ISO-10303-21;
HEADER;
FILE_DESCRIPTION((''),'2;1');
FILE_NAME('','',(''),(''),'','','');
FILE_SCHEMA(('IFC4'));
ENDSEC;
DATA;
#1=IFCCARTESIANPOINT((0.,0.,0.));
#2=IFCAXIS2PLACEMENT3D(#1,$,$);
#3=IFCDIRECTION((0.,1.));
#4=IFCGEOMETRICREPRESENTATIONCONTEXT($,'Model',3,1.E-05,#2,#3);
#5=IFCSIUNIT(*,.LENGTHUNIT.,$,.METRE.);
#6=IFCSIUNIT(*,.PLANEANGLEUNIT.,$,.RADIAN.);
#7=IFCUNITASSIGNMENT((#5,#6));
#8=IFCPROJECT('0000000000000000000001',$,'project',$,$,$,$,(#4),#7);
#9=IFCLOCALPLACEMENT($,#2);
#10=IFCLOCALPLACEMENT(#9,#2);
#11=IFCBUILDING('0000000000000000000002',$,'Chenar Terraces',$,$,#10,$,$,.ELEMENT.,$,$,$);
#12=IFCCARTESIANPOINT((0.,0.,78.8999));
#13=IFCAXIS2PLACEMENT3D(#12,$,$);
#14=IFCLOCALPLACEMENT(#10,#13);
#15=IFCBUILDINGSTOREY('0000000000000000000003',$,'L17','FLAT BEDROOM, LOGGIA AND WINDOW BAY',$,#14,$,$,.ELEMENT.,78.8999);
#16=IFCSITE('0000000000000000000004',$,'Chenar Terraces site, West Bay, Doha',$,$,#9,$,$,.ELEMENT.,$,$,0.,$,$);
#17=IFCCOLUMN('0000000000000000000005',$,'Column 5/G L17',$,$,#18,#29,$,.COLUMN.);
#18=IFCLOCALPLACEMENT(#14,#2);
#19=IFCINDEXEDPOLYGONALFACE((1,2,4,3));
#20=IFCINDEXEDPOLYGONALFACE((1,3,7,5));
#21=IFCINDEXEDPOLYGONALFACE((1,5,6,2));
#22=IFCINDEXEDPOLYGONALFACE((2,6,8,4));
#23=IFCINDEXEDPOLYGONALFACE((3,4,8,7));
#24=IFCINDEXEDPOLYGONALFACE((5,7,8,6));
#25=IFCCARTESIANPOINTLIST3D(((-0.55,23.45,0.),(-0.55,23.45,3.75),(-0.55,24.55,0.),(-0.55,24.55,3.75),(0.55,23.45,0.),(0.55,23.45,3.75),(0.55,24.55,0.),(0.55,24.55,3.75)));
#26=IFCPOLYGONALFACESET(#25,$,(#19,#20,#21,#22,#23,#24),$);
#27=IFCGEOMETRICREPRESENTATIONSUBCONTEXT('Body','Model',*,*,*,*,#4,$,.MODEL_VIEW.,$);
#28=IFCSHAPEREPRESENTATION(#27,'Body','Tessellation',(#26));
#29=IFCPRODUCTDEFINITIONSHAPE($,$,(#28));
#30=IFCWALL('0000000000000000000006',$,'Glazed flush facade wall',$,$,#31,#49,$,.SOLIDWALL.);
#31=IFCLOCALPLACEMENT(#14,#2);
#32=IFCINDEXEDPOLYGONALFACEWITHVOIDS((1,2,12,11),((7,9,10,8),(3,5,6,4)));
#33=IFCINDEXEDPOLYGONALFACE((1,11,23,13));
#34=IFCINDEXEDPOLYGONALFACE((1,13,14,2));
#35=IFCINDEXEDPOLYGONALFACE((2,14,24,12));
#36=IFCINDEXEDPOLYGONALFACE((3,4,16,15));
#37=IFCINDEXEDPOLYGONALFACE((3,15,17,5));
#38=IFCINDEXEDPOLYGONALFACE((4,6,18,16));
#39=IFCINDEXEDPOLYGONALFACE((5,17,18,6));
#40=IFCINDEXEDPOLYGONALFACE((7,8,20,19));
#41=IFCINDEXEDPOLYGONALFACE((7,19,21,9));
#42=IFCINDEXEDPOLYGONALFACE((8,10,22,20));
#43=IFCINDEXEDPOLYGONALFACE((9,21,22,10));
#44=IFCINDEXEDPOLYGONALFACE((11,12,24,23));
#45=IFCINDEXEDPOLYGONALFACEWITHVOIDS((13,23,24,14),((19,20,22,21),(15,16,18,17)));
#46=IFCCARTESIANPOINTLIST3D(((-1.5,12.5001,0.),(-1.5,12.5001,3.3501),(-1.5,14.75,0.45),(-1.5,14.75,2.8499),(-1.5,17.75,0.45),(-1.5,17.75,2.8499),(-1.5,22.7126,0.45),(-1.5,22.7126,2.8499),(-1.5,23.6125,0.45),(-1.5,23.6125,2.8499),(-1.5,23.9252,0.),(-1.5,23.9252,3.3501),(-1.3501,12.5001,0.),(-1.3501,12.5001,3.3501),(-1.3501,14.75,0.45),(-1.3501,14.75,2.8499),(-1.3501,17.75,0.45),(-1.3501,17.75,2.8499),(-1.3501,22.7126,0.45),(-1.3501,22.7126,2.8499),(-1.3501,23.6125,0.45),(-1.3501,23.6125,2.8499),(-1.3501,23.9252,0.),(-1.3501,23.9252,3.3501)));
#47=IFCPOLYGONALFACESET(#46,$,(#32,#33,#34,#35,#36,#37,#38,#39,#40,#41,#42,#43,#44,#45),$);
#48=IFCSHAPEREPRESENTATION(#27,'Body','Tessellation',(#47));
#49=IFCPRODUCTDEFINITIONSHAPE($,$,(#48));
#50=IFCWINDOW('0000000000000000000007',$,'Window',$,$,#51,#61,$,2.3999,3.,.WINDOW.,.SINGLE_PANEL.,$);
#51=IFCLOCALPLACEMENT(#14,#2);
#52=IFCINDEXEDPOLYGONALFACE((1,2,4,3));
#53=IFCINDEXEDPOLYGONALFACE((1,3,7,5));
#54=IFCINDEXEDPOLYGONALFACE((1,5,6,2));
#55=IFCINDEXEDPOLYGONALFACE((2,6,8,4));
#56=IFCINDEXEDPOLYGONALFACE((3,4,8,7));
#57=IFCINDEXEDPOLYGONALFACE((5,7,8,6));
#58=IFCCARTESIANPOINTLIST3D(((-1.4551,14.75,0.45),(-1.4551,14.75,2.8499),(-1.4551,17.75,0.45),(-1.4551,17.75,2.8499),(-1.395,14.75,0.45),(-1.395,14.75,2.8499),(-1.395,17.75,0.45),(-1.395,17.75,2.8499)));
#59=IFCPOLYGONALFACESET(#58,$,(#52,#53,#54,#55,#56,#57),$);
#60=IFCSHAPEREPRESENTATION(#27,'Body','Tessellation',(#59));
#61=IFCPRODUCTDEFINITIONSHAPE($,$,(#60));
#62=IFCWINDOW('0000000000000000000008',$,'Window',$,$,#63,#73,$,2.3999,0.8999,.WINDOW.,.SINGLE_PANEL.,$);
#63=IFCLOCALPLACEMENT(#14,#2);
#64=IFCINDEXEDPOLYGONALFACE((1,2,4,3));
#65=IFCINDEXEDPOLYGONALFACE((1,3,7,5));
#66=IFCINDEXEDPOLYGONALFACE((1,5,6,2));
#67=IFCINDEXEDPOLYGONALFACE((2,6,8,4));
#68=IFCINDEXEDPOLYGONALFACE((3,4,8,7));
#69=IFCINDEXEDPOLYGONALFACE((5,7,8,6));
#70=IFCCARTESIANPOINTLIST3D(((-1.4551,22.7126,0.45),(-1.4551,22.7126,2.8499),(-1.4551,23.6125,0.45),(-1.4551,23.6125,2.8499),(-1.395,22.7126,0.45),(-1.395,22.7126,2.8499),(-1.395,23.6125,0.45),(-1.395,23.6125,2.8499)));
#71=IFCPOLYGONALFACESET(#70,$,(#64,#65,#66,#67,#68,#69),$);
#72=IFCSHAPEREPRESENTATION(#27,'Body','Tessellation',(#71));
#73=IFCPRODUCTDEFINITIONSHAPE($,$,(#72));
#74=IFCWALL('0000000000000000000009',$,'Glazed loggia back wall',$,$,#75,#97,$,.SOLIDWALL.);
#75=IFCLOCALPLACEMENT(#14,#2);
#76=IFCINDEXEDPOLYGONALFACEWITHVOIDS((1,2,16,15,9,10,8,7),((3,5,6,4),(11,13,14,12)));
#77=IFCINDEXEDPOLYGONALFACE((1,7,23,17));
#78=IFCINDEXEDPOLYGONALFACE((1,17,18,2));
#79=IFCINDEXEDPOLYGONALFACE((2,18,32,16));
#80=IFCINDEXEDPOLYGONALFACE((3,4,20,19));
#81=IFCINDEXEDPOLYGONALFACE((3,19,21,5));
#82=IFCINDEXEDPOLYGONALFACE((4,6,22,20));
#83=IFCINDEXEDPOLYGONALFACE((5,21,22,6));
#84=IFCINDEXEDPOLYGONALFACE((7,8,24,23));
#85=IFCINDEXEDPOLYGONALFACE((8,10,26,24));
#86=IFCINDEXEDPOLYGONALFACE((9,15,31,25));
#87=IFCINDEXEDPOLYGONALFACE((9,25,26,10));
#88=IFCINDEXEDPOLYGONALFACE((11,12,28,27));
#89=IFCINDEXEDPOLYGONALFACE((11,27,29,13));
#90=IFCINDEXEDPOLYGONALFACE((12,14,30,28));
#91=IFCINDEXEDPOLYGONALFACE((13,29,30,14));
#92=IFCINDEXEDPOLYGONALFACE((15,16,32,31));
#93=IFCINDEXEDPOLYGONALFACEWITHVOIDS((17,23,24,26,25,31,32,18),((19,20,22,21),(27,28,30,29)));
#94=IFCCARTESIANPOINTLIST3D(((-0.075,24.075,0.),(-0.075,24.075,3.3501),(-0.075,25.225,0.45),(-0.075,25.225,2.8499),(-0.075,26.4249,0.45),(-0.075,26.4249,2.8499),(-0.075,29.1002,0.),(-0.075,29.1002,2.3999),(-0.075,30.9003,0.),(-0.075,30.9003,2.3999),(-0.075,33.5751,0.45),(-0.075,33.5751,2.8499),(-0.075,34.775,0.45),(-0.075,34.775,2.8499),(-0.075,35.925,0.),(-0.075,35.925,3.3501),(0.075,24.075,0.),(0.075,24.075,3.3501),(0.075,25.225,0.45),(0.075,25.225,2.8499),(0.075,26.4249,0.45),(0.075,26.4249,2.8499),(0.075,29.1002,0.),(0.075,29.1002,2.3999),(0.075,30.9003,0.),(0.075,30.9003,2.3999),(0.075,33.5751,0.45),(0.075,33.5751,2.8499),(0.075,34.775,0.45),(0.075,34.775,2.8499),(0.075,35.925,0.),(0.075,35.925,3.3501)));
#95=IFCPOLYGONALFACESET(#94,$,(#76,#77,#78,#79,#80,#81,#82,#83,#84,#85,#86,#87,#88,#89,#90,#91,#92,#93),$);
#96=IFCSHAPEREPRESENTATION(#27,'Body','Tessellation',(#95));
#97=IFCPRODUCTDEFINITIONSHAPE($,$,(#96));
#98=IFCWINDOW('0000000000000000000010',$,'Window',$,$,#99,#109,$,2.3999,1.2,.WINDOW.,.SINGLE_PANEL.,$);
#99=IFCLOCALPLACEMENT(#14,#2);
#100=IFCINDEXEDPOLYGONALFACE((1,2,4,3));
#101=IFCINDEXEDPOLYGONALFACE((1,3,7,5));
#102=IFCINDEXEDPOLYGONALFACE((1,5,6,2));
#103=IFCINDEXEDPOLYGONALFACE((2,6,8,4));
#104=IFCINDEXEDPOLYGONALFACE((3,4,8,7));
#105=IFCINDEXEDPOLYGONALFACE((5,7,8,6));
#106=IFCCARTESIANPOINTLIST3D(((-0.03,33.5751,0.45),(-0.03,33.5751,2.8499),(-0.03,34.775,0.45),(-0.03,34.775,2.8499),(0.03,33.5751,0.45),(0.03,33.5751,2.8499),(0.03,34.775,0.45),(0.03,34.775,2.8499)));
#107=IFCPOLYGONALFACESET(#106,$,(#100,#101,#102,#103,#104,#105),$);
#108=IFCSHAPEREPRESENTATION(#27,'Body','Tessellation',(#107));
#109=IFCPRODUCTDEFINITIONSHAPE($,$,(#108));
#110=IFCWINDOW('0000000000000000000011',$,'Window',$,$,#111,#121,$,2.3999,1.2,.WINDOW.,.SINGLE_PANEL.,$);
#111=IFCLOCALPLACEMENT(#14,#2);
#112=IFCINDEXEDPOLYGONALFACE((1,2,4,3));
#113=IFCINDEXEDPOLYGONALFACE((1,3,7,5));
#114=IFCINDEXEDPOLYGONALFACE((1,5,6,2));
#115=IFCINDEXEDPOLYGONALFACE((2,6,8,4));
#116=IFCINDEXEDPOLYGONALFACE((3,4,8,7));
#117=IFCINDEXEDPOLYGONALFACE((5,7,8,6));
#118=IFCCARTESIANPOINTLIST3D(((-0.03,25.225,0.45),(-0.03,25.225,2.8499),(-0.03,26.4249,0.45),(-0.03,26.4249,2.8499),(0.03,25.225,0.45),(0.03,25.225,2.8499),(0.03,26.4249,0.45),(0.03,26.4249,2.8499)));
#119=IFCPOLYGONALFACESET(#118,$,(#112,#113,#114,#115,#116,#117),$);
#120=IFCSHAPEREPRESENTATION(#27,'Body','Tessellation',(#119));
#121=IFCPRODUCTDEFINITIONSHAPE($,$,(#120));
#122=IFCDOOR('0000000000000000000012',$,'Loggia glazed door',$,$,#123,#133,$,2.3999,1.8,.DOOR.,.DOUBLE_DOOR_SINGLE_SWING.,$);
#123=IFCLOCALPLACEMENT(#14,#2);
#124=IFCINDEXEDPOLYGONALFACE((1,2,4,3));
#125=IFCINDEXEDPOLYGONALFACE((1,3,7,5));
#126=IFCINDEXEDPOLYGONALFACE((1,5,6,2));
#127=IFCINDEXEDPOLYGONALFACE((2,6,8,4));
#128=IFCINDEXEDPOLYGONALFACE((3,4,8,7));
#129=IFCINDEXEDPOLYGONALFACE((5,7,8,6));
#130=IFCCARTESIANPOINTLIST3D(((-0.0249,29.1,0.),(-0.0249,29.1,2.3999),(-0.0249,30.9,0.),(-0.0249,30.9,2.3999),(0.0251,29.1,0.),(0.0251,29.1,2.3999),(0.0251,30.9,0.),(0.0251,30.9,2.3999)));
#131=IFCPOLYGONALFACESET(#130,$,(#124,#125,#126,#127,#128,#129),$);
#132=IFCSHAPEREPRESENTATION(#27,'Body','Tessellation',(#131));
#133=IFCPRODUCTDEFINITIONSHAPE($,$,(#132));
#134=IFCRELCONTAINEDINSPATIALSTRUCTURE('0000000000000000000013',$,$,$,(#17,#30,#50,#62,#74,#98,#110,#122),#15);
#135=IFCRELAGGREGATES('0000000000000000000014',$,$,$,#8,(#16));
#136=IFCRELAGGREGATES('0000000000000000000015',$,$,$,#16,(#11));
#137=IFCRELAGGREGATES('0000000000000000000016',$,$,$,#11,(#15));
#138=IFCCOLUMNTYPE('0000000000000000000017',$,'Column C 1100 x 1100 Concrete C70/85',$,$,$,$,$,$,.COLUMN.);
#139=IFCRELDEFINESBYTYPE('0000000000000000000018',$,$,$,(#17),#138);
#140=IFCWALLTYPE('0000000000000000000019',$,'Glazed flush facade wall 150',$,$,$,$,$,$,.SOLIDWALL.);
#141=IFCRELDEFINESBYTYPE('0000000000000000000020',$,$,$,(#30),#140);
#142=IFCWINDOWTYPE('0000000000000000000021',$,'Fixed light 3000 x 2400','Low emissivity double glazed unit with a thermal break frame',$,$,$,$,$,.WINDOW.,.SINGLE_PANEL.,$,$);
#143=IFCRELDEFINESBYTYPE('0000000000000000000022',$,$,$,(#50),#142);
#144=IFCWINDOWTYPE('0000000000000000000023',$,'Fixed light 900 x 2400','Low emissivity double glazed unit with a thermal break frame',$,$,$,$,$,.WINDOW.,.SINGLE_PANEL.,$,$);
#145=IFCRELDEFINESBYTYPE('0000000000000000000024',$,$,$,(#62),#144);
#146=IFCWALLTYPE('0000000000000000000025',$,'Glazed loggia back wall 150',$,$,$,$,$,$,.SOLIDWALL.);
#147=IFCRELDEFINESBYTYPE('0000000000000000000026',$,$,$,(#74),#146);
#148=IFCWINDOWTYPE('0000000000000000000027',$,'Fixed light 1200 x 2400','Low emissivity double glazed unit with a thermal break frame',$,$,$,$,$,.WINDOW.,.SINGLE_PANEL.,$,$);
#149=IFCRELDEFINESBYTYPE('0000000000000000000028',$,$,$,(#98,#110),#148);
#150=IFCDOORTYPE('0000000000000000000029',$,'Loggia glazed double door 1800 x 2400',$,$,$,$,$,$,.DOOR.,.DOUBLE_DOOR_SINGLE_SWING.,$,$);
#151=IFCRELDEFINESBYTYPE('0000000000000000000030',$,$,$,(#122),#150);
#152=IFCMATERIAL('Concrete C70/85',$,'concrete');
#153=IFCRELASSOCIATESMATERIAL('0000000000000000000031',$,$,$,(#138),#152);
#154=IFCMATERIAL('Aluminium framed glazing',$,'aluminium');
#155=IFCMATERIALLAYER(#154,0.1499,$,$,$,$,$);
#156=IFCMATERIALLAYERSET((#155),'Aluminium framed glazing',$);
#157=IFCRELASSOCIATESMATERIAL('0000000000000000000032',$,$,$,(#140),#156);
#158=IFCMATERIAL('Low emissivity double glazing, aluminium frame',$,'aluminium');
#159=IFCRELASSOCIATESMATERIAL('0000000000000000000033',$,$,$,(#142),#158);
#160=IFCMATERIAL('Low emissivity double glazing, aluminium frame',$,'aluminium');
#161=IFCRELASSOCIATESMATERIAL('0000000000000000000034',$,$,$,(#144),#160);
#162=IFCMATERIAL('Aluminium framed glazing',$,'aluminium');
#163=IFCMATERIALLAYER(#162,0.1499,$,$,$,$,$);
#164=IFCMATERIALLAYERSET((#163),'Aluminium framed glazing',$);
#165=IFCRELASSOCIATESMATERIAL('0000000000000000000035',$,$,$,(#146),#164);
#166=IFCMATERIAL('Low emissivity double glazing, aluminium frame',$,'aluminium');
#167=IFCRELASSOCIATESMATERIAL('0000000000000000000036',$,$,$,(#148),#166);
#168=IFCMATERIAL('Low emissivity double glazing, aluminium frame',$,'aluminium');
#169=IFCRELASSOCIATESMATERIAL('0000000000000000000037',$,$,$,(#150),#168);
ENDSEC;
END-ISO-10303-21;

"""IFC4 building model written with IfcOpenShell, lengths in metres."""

from ifc_helpers import new_model, si_unit, direction, frame, frame_2d, origin, origin_2d, place, context, subcontext, project, spatial, rectangle, extrude, material, layer, layer_set, material_profile, profile_set, type_object, element, fill, save


model = new_model("IFC4")

# Units and contexts
model_context = context("Model", 3, precision=1e-05, world=origin(), true_north=direction((0.0, 1.0)))
body_context = subcontext(model_context, "Body", "Model", "MODEL_VIEW")
ifc_project = project(units=[si_unit("LENGTHUNIT", "METRE"), si_unit("PLANEANGLEUNIT", "RADIAN")], contexts=[model_context])

# Site, building, storey
site_placement = place(None, origin())
site = spatial("IfcSite", under=ifc_project, at=site_placement, Name="Chenar Terraces site, West Bay, Doha", CompositionType="ELEMENT", RefElevation=0.0)
building_placement = place(site_placement, origin())
building = spatial("IfcBuilding", under=site, at=building_placement, Name="Chenar Terraces", CompositionType="ELEMENT")
storey_placement = place(building_placement, frame((0.0, 0.0, 78.8999)))
storey = spatial("IfcBuildingStorey", under=building, at=storey_placement, Name="L17", Description="FLAT BEDROOM, LOGGIA AND WINDOW BAY", CompositionType="ELEMENT", Elevation=78.8999)

# Column
ifc_material_1 = material(Name="Concrete C70/85", Category="concrete")
ifc_material_profile_1 = material_profile(ifc_material_1, rectangle(XDim=1.1001, YDim=1.1001, at=origin_2d()), Name="C 1100 x 1100")
ifc_profile_set_1 = profile_set([ifc_material_profile_1], Name="Concrete C70/85")
column_type = type_object("IfcColumnType", Name="Column C 1100 x 1100 Concrete C70/85", PredefinedType="COLUMN", material=ifc_profile_set_1)
column_placement = place(storey_placement, frame((0.0, 24.0, 0.0), z_axis=(0.0, 0.0, 1.0), x_axis=(1.0, 0.0, 0.0)))
element("IfcColumn", 1, at=column_placement, inside=storey, type_object=column_type, Name="Column 5/G L17", PredefinedType="COLUMN", context=body_context, shape_type="SweptSolid", body=[
    extrude(rectangle(XDim=1.1001, YDim=1.1001, at=origin_2d()), origin(), (0.0, 0.0, 1.0), 3.75),
])

# Wall, openings, windows
ifc_material_2 = material(Name="Aluminium framed glazing", Category="aluminium")
ifc_layer_1 = layer(ifc_material_2, 0.1499)
ifc_layer_set_1 = layer_set([ifc_layer_1], Name="Aluminium framed glazing")
wall_type_1 = type_object("IfcWallType", Name="Glazed flush facade wall 150", PredefinedType="SOLIDWALL", material=ifc_layer_set_1)
wall_1_placement = place(storey_placement, frame((-1.425, 23.925, 0.0), z_axis=(0.0, 0.0, 1.0), x_axis=(0.0, -1.0, 0.0)))
wall_1 = element("IfcWall", 2, at=wall_1_placement, inside=storey, type_object=wall_type_1, Name="Glazed flush facade wall", PredefinedType="SOLIDWALL", context=body_context, shape_type="SweptSolid", body=[
    extrude(rectangle(XDim=11.425, YDim=0.1499, at=frame_2d((5.7124, 0.0))), origin(), (0.0, 0.0, 1.0), 3.3501),
])
opening_1_placement = place(wall_1_placement, frame((0.3125, 0.0, 0.45)))
opening_1 = element("IfcOpeningElement", 3, at=opening_1_placement, cuts=wall_1, PredefinedType="OPENING", context=body_context, shape_type="SweptSolid", body=[
    extrude(rectangle(XDim=0.8999, YDim=2.3999, at=frame_2d((0.45, 1.2))), frame((0.0, 0.085, 0.0), z_axis=(0.0, -1.0, 0.0), x_axis=(1.0, 0.0, 0.0)), (0.0, 0.0, 1.0), 0.1699),
])
opening_2_placement = place(wall_1_placement, frame((6.175, 0.0, 0.45)))
opening_2 = element("IfcOpeningElement", 4, at=opening_2_placement, cuts=wall_1, PredefinedType="OPENING", context=body_context, shape_type="SweptSolid", body=[
    extrude(rectangle(XDim=3.0, YDim=2.3999, at=frame_2d((1.5, 1.2))), frame((0.0, 0.085, 0.0), z_axis=(0.0, -1.0, 0.0), x_axis=(1.0, 0.0, 0.0)), (0.0, 0.0, 1.0), 0.1699),
])
ifc_material_3 = material(Name="Low emissivity double glazing, aluminium frame", Category="aluminium")
window_type_1 = type_object("IfcWindowType", Name="Fixed light 3000 x 2400", Description="Low emissivity double glazed unit with a thermal break frame", PartitioningType="SINGLE_PANEL", PredefinedType="WINDOW", material=ifc_material_3)
window_1_placement = place(opening_2_placement, origin())
window_1 = element("IfcWindow", 5, at=window_1_placement, inside=storey, type_object=window_type_1, Name="Window", OverallHeight=2.3999, OverallWidth=3.0, PartitioningType="SINGLE_PANEL", PredefinedType="WINDOW", context=body_context, shape_type="SweptSolid", body=[
    extrude(rectangle(XDim=3.0, YDim=2.3999, at=frame_2d((1.5, 1.2))), frame((0.0, 0.03, 0.0), z_axis=(0.0, -1.0, 0.0), x_axis=(1.0, 0.0, 0.0)), (0.0, 0.0, 1.0), 0.0601),
])
fill(opening_2, window_1)
ifc_material_4 = material(Name="Low emissivity double glazing, aluminium frame", Category="aluminium")
window_type_2 = type_object("IfcWindowType", Name="Fixed light 900 x 2400", Description="Low emissivity double glazed unit with a thermal break frame", PartitioningType="SINGLE_PANEL", PredefinedType="WINDOW", material=ifc_material_4)
window_2_placement = place(opening_1_placement, origin())
window_2 = element("IfcWindow", 6, at=window_2_placement, inside=storey, type_object=window_type_2, Name="Window", OverallHeight=2.3999, OverallWidth=0.8999, PartitioningType="SINGLE_PANEL", PredefinedType="WINDOW", context=body_context, shape_type="SweptSolid", body=[
    extrude(rectangle(XDim=0.8999, YDim=2.3999, at=frame_2d((0.45, 1.2))), frame((0.0, 0.03, 0.0), z_axis=(0.0, -1.0, 0.0), x_axis=(1.0, 0.0, 0.0)), (0.0, 0.0, 1.0), 0.0601),
])
fill(opening_1, window_2)

# Wall, openings, windows, door
ifc_material_5 = material(Name="Aluminium framed glazing", Category="aluminium")
ifc_layer_2 = layer(ifc_material_5, 0.1499)
ifc_layer_set_2 = layer_set([ifc_layer_2], Name="Aluminium framed glazing")
wall_type_2 = type_object("IfcWallType", Name="Glazed loggia back wall 150", PredefinedType="SOLIDWALL", material=ifc_layer_set_2)
wall_2_placement = place(storey_placement, frame((0.0, 35.925, 0.0), z_axis=(0.0, 0.0, 1.0), x_axis=(0.0, -1.0, 0.0)))
wall_2 = element("IfcWall", 7, at=wall_2_placement, inside=storey, type_object=wall_type_2, Name="Glazed loggia back wall", PredefinedType="SOLIDWALL", context=body_context, shape_type="SweptSolid", body=[
    extrude(rectangle(XDim=11.8501, YDim=0.1499, at=frame_2d((5.925, 0.0))), origin(), (0.0, 0.0, 1.0), 3.3501),
])
opening_3_placement = place(wall_2_placement, frame((1.1499, 0.0, 0.45)))
opening_3 = element("IfcOpeningElement", 8, at=opening_3_placement, cuts=wall_2, PredefinedType="OPENING", context=body_context, shape_type="SweptSolid", body=[
    extrude(rectangle(XDim=1.2, YDim=2.3999, at=frame_2d((0.6001, 1.2))), frame((0.0, 0.085, 0.0), z_axis=(0.0, -1.0, 0.0), x_axis=(1.0, 0.0, 0.0)), (0.0, 0.0, 1.0), 0.1699),
])
opening_4_placement = place(wall_2_placement, frame((5.0249, 0.0, 0.0)))
opening_4 = element("IfcOpeningElement", 9, at=opening_4_placement, cuts=wall_2, PredefinedType="OPENING", context=body_context, shape_type="SweptSolid", body=[
    extrude(rectangle(XDim=1.8, YDim=2.3999, at=frame_2d((0.8999, 1.2))), frame((0.0, 0.085, 0.0), z_axis=(0.0, -1.0, 0.0), x_axis=(1.0, 0.0, 0.0)), (0.0, 0.0, 1.0), 0.1699),
])
opening_5_placement = place(wall_2_placement, frame((9.5, 0.0, 0.45)))
opening_5 = element("IfcOpeningElement", 10, at=opening_5_placement, cuts=wall_2, PredefinedType="OPENING", context=body_context, shape_type="SweptSolid", body=[
    extrude(rectangle(XDim=1.2, YDim=2.3999, at=frame_2d((0.6001, 1.2))), frame((0.0, 0.085, 0.0), z_axis=(0.0, -1.0, 0.0), x_axis=(1.0, 0.0, 0.0)), (0.0, 0.0, 1.0), 0.1699),
])
ifc_material_6 = material(Name="Low emissivity double glazing, aluminium frame", Category="aluminium")
window_type_3 = type_object("IfcWindowType", Name="Fixed light 1200 x 2400", Description="Low emissivity double glazed unit with a thermal break frame", PartitioningType="SINGLE_PANEL", PredefinedType="WINDOW", material=ifc_material_6)
window_3_placement = place(opening_3_placement, origin())
window_3 = element("IfcWindow", 11, at=window_3_placement, inside=storey, type_object=window_type_3, Name="Window", OverallHeight=2.3999, OverallWidth=1.2, PartitioningType="SINGLE_PANEL", PredefinedType="WINDOW", context=body_context, shape_type="SweptSolid", body=[
    extrude(rectangle(XDim=1.2, YDim=2.3999, at=frame_2d((0.6001, 1.2))), frame((0.0, 0.03, 0.0), z_axis=(0.0, -1.0, 0.0), x_axis=(1.0, 0.0, 0.0)), (0.0, 0.0, 1.0), 0.0601),
])
fill(opening_3, window_3)
window_4_placement = place(opening_5_placement, origin())
window_4 = element("IfcWindow", 12, at=window_4_placement, inside=storey, type_object=window_type_3, Name="Window", OverallHeight=2.3999, OverallWidth=1.2, PartitioningType="SINGLE_PANEL", PredefinedType="WINDOW", context=body_context, shape_type="SweptSolid", body=[
    extrude(rectangle(XDim=1.2, YDim=2.3999, at=frame_2d((0.6001, 1.2))), frame((0.0, 0.03, 0.0), z_axis=(0.0, -1.0, 0.0), x_axis=(1.0, 0.0, 0.0)), (0.0, 0.0, 1.0), 0.0601),
])
fill(opening_5, window_4)
ifc_material_7 = material(Name="Low emissivity double glazing, aluminium frame", Category="aluminium")
door_type_1 = type_object("IfcDoorType", Name="Loggia glazed double door 1800 x 2400", OperationType="DOUBLE_DOOR_SINGLE_SWING", PredefinedType="DOOR", material=ifc_material_7)
door_1_placement = place(opening_4_placement, frame((1.8, 0.0, 0.0), z_axis=(0.0, 0.0, 1.0), x_axis=(-1.0, 0.0, 0.0)))
door_1 = element("IfcDoor", 13, at=door_1_placement, inside=storey, type_object=door_type_1, Name="Loggia glazed door", OperationType="DOUBLE_DOOR_SINGLE_SWING", OverallHeight=2.3999, OverallWidth=1.8, PredefinedType="DOOR", context=body_context, shape_type="SweptSolid", body=[
    extrude(rectangle(XDim=1.8, YDim=2.3999, at=frame_2d((0.8999, 1.2))), frame((0.0, 0.0249, 0.0), z_axis=(0.0, -1.0, 0.0), x_axis=(1.0, 0.0, 0.0)), (0.0, 0.0, 1.0), 0.05),
])
fill(opening_4, door_1)

save(model, "model.ifc")
